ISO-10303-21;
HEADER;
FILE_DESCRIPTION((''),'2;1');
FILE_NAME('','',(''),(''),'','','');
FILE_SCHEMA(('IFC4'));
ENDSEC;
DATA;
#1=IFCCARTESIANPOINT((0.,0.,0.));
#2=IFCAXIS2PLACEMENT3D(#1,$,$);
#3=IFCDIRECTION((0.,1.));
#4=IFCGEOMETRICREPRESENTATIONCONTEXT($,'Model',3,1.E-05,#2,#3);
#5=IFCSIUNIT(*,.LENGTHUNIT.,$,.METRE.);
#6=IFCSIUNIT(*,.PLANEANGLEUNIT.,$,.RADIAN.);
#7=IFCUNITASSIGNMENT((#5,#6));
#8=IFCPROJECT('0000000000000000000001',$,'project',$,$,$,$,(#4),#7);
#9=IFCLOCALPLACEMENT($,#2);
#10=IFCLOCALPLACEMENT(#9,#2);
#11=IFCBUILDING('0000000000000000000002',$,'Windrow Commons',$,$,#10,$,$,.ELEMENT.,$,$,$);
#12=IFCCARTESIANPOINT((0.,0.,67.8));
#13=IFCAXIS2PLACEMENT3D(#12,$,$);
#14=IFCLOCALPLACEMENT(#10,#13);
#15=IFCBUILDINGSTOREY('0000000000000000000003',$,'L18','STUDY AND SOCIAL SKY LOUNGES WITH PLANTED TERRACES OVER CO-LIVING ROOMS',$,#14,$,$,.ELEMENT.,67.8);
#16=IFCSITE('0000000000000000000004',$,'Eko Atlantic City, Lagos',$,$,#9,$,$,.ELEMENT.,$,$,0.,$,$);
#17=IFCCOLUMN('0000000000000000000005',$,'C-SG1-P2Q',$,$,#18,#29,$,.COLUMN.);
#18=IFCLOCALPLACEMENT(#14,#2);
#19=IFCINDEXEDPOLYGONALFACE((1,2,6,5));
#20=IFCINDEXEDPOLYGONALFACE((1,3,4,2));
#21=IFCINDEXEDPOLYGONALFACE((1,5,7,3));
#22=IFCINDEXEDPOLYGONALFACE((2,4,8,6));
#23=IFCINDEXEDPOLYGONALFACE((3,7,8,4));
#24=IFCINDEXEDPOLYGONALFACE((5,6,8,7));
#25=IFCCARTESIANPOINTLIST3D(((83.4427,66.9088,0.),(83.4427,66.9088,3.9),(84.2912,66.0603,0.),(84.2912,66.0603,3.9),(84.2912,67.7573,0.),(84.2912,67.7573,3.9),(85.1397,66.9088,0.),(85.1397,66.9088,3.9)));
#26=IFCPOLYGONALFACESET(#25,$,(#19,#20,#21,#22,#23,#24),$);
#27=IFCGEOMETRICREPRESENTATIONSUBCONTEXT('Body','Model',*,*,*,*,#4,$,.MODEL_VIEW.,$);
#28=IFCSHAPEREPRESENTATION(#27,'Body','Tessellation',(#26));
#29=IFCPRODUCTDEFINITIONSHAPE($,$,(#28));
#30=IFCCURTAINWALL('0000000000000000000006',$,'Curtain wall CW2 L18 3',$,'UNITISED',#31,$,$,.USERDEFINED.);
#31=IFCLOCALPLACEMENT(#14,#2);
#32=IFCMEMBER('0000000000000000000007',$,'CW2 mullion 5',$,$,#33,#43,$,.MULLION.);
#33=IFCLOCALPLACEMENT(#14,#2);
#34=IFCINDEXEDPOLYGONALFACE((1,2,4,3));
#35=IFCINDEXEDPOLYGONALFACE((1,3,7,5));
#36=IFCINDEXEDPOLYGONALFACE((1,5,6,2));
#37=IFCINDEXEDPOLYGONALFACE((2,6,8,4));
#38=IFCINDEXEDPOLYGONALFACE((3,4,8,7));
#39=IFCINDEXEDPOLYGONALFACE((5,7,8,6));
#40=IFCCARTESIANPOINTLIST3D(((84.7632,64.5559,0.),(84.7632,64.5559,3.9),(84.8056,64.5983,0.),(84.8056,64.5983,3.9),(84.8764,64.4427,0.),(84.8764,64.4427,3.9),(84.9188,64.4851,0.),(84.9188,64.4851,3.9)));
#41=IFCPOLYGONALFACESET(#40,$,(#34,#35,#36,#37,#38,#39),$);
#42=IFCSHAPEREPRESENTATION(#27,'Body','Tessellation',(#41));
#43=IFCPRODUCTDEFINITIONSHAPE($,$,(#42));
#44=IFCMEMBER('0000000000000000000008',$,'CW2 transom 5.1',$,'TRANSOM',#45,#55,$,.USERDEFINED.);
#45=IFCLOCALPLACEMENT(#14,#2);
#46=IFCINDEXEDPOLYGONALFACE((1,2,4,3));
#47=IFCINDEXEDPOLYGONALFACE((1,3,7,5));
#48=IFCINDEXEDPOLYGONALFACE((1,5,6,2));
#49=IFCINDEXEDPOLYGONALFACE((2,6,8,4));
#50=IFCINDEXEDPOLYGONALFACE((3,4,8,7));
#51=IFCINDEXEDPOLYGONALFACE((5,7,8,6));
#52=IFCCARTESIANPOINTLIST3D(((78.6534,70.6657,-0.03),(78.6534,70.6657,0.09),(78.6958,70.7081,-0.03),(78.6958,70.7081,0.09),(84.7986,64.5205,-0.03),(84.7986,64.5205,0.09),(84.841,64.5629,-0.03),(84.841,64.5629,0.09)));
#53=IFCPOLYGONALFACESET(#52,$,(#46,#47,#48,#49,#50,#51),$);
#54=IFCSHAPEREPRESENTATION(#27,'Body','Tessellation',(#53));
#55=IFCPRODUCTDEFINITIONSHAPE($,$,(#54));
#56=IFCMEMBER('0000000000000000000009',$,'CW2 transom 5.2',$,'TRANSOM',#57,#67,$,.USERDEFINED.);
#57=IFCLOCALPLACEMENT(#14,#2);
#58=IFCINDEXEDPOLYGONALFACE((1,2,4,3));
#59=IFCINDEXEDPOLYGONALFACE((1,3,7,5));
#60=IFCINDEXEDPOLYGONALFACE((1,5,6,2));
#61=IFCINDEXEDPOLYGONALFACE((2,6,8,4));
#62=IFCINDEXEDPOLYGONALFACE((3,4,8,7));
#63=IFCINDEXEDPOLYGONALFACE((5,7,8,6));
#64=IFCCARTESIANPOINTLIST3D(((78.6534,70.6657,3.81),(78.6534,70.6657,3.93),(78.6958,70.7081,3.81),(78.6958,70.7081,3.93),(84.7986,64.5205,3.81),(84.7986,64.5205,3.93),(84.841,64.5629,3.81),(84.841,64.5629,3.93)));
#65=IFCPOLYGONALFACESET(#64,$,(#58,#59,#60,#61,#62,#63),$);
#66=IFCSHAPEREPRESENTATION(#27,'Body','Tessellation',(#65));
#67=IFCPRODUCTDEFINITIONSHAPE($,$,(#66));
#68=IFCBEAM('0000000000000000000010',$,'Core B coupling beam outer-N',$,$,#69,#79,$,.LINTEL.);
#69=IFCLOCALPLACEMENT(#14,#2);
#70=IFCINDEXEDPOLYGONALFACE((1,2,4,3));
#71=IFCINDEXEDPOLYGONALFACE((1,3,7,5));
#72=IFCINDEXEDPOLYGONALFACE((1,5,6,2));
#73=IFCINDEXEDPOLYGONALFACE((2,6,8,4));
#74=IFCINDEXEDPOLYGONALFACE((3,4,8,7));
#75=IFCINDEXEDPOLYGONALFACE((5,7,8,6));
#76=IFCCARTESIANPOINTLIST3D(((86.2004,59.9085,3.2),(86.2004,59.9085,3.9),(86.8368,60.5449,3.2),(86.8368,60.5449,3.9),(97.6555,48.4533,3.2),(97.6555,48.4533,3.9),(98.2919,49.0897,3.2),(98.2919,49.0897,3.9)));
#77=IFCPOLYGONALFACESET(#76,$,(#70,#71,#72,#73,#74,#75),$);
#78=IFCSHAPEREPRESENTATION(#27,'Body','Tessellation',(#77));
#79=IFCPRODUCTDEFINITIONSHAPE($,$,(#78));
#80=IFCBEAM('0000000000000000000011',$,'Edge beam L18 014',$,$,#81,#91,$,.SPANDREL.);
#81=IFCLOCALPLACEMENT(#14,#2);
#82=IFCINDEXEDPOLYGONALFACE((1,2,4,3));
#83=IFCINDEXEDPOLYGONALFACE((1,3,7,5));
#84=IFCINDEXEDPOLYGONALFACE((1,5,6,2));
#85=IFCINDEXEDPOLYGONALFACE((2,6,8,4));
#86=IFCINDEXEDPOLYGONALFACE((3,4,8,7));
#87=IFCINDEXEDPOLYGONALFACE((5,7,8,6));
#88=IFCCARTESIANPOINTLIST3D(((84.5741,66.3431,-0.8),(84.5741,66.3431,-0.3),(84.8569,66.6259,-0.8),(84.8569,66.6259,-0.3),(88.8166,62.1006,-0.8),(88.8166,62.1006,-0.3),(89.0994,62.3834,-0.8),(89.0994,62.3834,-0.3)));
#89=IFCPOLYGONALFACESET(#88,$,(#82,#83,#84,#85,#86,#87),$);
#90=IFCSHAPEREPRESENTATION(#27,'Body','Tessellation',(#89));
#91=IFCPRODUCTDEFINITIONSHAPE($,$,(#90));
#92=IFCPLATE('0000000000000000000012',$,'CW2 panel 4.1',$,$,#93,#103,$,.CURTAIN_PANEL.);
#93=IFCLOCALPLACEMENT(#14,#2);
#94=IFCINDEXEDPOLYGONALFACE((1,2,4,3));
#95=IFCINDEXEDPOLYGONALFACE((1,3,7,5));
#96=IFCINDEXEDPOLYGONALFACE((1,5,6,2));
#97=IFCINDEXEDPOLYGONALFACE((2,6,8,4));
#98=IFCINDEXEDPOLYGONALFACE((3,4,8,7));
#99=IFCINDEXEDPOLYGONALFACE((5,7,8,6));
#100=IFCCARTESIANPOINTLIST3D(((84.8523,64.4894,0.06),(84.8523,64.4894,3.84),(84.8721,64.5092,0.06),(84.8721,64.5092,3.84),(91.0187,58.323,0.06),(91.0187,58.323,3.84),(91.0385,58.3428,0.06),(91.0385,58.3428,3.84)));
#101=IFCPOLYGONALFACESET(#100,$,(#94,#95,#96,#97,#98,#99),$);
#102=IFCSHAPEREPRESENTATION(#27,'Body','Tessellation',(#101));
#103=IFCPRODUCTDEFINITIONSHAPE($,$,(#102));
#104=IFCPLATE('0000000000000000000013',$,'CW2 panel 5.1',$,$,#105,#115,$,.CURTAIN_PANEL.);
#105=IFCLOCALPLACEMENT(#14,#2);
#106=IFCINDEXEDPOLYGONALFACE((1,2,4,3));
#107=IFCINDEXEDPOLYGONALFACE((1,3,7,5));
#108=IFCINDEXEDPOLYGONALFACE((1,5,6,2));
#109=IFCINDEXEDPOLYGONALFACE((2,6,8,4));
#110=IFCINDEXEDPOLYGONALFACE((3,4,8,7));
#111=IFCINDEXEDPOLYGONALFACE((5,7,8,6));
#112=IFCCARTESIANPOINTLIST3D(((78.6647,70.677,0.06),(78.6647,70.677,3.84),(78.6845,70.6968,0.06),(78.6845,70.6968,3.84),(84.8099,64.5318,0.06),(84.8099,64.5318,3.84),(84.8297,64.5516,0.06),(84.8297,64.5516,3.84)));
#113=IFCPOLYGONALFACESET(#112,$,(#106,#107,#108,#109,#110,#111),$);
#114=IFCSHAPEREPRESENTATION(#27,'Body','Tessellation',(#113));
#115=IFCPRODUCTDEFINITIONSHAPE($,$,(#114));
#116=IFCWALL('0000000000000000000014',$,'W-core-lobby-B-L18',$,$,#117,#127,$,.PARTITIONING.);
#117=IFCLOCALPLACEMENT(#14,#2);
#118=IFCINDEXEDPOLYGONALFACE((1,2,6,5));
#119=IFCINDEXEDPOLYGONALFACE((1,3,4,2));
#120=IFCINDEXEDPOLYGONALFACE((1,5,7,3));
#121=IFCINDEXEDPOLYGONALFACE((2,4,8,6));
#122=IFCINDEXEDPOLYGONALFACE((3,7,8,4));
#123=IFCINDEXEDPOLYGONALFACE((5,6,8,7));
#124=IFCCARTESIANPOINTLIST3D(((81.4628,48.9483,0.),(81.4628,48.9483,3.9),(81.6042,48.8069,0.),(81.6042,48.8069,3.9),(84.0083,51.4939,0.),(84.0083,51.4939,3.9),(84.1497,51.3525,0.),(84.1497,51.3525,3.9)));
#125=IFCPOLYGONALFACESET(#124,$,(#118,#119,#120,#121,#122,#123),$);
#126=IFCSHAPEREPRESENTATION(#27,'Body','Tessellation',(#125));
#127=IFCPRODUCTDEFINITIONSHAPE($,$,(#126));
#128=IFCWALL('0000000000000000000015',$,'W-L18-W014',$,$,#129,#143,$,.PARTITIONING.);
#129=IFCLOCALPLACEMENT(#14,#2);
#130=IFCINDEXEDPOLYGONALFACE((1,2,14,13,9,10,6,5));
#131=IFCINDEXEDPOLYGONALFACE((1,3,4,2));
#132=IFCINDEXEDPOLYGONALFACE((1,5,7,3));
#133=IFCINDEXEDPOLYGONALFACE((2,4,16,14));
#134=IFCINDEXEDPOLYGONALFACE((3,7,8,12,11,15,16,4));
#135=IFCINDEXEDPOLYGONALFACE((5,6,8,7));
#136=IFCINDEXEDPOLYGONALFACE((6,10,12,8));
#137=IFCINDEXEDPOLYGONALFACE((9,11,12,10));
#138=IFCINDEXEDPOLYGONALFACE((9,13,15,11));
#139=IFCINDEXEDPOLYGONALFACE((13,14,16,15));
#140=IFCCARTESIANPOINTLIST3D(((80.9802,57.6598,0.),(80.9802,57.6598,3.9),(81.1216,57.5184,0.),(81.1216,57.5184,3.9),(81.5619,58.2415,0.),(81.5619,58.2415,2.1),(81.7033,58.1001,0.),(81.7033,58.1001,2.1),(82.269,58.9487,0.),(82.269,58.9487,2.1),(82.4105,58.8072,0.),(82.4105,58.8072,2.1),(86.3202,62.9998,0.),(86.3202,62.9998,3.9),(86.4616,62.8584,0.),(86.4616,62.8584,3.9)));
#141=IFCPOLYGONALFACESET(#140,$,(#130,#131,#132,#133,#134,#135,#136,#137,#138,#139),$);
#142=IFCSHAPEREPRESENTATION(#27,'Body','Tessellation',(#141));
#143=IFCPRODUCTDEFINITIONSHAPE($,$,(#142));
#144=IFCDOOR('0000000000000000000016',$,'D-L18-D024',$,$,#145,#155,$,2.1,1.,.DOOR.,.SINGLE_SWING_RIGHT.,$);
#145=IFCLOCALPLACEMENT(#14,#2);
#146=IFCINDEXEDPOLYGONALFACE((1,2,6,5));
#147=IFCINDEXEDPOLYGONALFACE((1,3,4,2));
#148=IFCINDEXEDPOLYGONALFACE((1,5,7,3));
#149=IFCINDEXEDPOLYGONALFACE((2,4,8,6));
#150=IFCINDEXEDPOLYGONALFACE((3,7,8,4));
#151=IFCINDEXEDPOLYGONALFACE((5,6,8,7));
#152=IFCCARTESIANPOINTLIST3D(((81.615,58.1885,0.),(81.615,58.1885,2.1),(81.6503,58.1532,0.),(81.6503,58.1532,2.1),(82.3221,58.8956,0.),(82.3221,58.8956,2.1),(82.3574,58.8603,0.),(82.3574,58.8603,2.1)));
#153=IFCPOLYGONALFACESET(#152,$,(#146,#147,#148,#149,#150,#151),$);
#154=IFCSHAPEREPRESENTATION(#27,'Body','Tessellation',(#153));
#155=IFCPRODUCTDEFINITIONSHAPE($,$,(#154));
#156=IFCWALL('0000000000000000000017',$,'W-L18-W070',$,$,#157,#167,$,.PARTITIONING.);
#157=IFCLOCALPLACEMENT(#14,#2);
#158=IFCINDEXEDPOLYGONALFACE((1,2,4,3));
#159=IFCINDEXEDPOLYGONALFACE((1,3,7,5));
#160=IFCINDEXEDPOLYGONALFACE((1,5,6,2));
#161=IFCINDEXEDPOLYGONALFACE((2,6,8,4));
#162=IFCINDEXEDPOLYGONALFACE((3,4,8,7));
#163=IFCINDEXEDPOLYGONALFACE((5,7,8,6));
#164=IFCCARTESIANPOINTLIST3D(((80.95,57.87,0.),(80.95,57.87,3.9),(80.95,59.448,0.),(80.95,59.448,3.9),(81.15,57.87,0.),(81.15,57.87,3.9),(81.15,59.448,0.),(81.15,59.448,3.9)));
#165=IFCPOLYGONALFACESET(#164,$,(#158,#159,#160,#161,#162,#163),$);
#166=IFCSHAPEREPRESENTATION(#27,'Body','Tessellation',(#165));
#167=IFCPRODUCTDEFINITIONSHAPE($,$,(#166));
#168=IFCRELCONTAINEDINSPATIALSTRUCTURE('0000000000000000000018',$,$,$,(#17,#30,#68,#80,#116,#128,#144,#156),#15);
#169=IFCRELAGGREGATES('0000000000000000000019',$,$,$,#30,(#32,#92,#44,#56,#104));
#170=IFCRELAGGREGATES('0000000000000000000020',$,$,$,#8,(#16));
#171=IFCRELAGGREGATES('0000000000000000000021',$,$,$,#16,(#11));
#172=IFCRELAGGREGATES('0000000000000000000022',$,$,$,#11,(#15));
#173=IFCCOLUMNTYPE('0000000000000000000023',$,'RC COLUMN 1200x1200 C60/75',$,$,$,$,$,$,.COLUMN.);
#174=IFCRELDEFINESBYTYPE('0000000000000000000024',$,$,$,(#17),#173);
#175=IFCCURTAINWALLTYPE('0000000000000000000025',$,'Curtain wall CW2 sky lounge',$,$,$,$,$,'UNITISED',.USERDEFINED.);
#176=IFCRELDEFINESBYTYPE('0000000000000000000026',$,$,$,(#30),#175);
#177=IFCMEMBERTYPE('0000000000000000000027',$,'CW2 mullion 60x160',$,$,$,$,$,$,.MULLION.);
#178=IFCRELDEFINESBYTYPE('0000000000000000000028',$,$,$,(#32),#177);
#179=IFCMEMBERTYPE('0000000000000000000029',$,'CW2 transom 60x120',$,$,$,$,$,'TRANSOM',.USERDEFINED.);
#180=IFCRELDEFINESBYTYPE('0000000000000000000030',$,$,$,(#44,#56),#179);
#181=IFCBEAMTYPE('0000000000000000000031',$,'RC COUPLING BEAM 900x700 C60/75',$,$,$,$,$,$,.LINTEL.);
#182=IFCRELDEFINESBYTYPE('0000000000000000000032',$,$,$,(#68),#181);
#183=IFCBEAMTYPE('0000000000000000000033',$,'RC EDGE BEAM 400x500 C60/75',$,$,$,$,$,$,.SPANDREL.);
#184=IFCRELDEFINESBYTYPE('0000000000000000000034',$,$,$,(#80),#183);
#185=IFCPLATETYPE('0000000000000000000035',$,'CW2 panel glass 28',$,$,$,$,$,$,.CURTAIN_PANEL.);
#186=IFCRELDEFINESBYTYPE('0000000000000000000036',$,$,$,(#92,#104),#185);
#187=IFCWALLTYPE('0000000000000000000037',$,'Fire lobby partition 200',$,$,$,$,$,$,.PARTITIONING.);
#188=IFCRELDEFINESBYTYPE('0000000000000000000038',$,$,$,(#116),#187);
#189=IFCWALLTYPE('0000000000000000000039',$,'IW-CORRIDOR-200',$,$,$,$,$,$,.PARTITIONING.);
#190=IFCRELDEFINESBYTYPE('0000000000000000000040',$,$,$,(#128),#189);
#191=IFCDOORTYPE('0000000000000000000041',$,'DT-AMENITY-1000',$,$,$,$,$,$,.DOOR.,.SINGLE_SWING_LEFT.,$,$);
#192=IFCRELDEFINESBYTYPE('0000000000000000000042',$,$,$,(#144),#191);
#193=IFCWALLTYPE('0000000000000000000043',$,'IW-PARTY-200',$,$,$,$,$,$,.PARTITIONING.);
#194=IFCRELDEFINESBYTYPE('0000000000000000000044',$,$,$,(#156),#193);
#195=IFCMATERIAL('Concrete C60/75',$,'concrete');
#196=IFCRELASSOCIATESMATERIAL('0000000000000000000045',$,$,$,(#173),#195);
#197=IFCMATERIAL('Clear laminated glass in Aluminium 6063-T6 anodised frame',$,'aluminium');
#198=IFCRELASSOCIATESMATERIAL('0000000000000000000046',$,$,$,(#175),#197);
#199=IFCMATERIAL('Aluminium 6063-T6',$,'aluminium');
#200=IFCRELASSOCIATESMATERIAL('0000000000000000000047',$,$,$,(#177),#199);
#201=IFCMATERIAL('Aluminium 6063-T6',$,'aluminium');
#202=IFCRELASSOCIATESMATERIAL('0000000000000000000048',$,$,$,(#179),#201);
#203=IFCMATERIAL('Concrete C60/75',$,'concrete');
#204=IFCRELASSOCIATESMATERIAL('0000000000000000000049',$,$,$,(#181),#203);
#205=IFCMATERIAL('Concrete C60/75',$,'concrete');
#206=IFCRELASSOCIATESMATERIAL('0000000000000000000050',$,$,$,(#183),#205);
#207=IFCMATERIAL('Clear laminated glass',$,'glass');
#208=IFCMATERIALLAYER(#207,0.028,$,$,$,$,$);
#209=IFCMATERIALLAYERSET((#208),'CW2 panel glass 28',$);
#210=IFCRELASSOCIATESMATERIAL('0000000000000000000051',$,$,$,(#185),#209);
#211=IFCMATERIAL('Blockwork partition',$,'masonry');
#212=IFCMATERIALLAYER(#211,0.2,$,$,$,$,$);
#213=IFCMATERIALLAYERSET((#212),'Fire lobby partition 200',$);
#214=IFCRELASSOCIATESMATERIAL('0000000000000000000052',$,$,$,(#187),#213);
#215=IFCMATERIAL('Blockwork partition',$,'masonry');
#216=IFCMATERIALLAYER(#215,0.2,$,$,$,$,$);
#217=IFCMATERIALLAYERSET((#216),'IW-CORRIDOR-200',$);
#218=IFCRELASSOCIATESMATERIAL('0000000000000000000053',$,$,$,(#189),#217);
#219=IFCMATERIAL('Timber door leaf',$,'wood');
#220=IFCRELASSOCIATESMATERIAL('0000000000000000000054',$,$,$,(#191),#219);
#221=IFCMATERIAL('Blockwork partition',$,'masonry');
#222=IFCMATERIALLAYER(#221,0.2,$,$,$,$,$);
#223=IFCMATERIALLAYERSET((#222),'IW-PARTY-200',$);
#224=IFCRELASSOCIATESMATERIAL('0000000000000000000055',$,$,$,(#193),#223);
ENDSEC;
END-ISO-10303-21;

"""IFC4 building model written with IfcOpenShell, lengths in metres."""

from ifc_helpers import new_model, si_unit, direction, frame, frame_2d, origin, origin_2d, place, context, subcontext, project, spatial, rectangle, extrude, material, layer, layer_set, material_profile, profile_set, type_object, element, fill, aggregate, save


model = new_model("IFC4")

# Units and contexts
model_context = context("Model", 3, precision=1e-05, world=origin(), true_north=direction((0.0, 1.0)))
body_context = subcontext(model_context, "Body", "Model", "MODEL_VIEW")
ifc_project = project(units=[si_unit("LENGTHUNIT", "METRE"), si_unit("PLANEANGLEUNIT", "RADIAN")], contexts=[model_context])

# Site, building, storey
site_placement = place(None, origin())
site = spatial("IfcSite", under=ifc_project, at=site_placement, Name="Eko Atlantic City, Lagos", CompositionType="ELEMENT", RefElevation=0.0)
building_placement = place(site_placement, origin())
building = spatial("IfcBuilding", under=site, at=building_placement, Name="Windrow Commons", CompositionType="ELEMENT")
storey_placement = place(building_placement, frame((0.0, 0.0, 67.8)))
storey = spatial("IfcBuildingStorey", under=building, at=storey_placement, Name="L18", Description="STUDY AND SOCIAL SKY LOUNGES WITH PLANTED TERRACES OVER CO-LIVING ROOMS", CompositionType="ELEMENT", Elevation=67.8)

# Column
ifc_material_1 = material(Name="Concrete C60/75", Category="concrete")
ifc_material_profile_1 = material_profile(ifc_material_1, rectangle(XDim=1.2, YDim=1.2, at=origin_2d()))
ifc_profile_set_1 = profile_set([ifc_material_profile_1], Name="Concrete C60/75")
column_type = type_object("IfcColumnType", Name="RC COLUMN 1200x1200 C60/75", PredefinedType="COLUMN", material=ifc_profile_set_1)
column_placement = place(storey_placement, frame((84.2912, 66.9088, 0.0), z_axis=(0.0, 0.0, 1.0), x_axis=(0.707107, -0.707107, 0.0)))
element("IfcColumn", 1, at=column_placement, inside=storey, type_object=column_type, Name="C-SG1-P2Q", PredefinedType="COLUMN", context=body_context, shape_type="SweptSolid", body=[
    extrude(rectangle(XDim=1.2, YDim=1.2, at=origin_2d()), origin(), (0.0, 0.0, 1.0), 3.9),
])

# Curtain wall, members
ifc_material_2 = material(Name="Clear laminated glass in Aluminium 6063-T6 anodised frame", Category="aluminium")
curtain_wall_type = type_object("IfcCurtainWallType", Name="Curtain wall CW2 sky lounge", ElementType="UNITISED", PredefinedType="USERDEFINED", material=ifc_material_2)
placement = place(storey_placement, origin())
curtain_wall = element("IfcCurtainWall", 2, at=placement, inside=storey, type_object=curtain_wall_type, Name="Curtain wall CW2 L18 3", ObjectType="UNITISED", PredefinedType="USERDEFINED")
ifc_material_3 = material(Name="Aluminium 6063-T6", Category="aluminium")
ifc_material_profile_2 = material_profile(ifc_material_3, rectangle(XDim=0.06, YDim=0.16, at=origin_2d()))
ifc_profile_set_2 = profile_set([ifc_material_profile_2], Name="Aluminium 6063-T6")
member_type_1 = type_object("IfcMemberType", Name="CW2 mullion 60x160", PredefinedType="MULLION", material=ifc_profile_set_2)
member_1_placement = place(storey_placement, frame((84.841, 64.5205, 0.0), z_axis=(0.0, 0.0, 1.0), x_axis=(-0.707107, -0.707107, 0.0)))
member_1 = element("IfcMember", 3, at=member_1_placement, type_object=member_type_1, Name="CW2 mullion 5", PredefinedType="MULLION", context=body_context, shape_type="SweptSolid", body=[
    extrude(rectangle(XDim=0.06, YDim=0.16, at=origin_2d()), origin(), (0.0, 0.0, 1.0), 3.9),
])
ifc_material_4 = material(Name="Aluminium 6063-T6", Category="aluminium")
ifc_material_profile_3 = material_profile(ifc_material_4, rectangle(XDim=0.06, YDim=0.12, at=origin_2d()))
ifc_profile_set_3 = profile_set([ifc_material_profile_3], Name="Aluminium 6063-T6")
member_type_2 = type_object("IfcMemberType", Name="CW2 transom 60x120", ElementType="TRANSOM", PredefinedType="USERDEFINED", material=ifc_profile_set_3)
member_2_placement = place(storey_placement, frame((84.8198, 64.5417, 0.03), z_axis=(-0.707107, 0.707107, 0.0), x_axis=(-0.707107, -0.707107, 0.0)))
member_2 = element("IfcMember", 4, at=member_2_placement, type_object=member_type_2, Name="CW2 transom 5.1", ObjectType="TRANSOM", PredefinedType="USERDEFINED", context=body_context, shape_type="SweptSolid", body=[
    extrude(rectangle(XDim=0.06, YDim=0.12, at=origin_2d()), origin(), (0.0, 0.0, 1.0), 8.6906),
])
member_3_placement = place(storey_placement, frame((84.8198, 64.5417, 3.87), z_axis=(-0.707107, 0.707107, 0.0), x_axis=(-0.707107, -0.707107, 0.0)))
member_3 = element("IfcMember", 5, at=member_3_placement, type_object=member_type_2, Name="CW2 transom 5.2", ObjectType="TRANSOM", PredefinedType="USERDEFINED", context=body_context, shape_type="SweptSolid", body=[
    extrude(rectangle(XDim=0.06, YDim=0.12, at=origin_2d()), origin(), (0.0, 0.0, 1.0), 8.6906),
])

# Beams
ifc_material_5 = material(Name="Concrete C60/75", Category="concrete")
ifc_material_profile_4 = material_profile(ifc_material_5, rectangle(XDim=0.9, YDim=0.7, at=origin_2d()))
ifc_profile_set_4 = profile_set([ifc_material_profile_4], Name="Concrete C60/75")
beam_type_1 = type_object("IfcBeamType", Name="RC COUPLING BEAM 900x700 C60/75", PredefinedType="LINTEL", material=ifc_profile_set_4)
beam_1_placement = place(storey_placement, frame((86.5186, 60.2267, 3.55), z_axis=(0.707104, -0.70711, 0.0), x_axis=(0.70711, 0.707104, 0.0)))
element("IfcBeam", 6, at=beam_1_placement, inside=storey, type_object=beam_type_1, Name="Core B coupling beam outer-N", PredefinedType="LINTEL", context=body_context, shape_type="SweptSolid", body=[
    extrude(rectangle(XDim=0.9, YDim=0.7, at=origin_2d()), origin(), (0.0, 0.0, 1.0), 16.2),
])
ifc_material_6 = material(Name="Concrete C60/75", Category="concrete")
ifc_material_profile_5 = material_profile(ifc_material_6, rectangle(XDim=0.4, YDim=0.5, at=origin_2d()))
ifc_profile_set_5 = profile_set([ifc_material_profile_5], Name="Concrete C60/75")
beam_type_2 = type_object("IfcBeamType", Name="RC EDGE BEAM 400x500 C60/75", PredefinedType="SPANDREL", material=ifc_profile_set_5)
beam_2_placement = place(storey_placement, frame((84.7155, 66.4845, -0.55), z_axis=(0.707107, -0.707107, 0.0), x_axis=(0.707107, 0.707107, 0.0)))
element("IfcBeam", 7, at=beam_2_placement, inside=storey, type_object=beam_type_2, Name="Edge beam L18 014", PredefinedType="SPANDREL", context=body_context, shape_type="SweptSolid", body=[
    extrude(rectangle(XDim=0.4, YDim=0.5, at=origin_2d()), origin(), (0.0, 0.0, 1.0), 5.9998),
])

# Plates
ifc_material_7 = material(Name="Clear laminated glass", Category="glass")
ifc_layer_1 = layer(ifc_material_7, 0.028)
ifc_layer_set_1 = layer_set([ifc_layer_1], Name="CW2 panel glass 28")
plate_type = type_object("IfcPlateType", Name="CW2 panel glass 28", PredefinedType="CURTAIN_PANEL", material=ifc_layer_set_1)
plate_1_placement = place(storey_placement, frame((87.9454, 61.4161, 0.06), z_axis=(0.0, 0.0, 1.0), x_axis=(-0.707107, 0.707107, 0.0)))
plate_1 = element("IfcPlate", 8, at=plate_1_placement, type_object=plate_type, Name="CW2 panel 4.1", PredefinedType="CURTAIN_PANEL", context=body_context, shape_type="SweptSolid", body=[
    extrude(rectangle(XDim=8.7206, YDim=0.028, at=origin_2d()), origin(), (0.0, 0.0, 1.0), 3.78),
])
plate_2_placement = place(storey_placement, frame((81.7472, 67.6143, 0.06), z_axis=(0.0, 0.0, 1.0), x_axis=(-0.707107, 0.707107, 0.0)))
plate_2 = element("IfcPlate", 9, at=plate_2_placement, type_object=plate_type, Name="CW2 panel 5.1", PredefinedType="CURTAIN_PANEL", context=body_context, shape_type="SweptSolid", body=[
    extrude(rectangle(XDim=8.6906, YDim=0.028, at=origin_2d()), origin(), (0.0, 0.0, 1.0), 3.78),
])
aggregate(curtain_wall, [member_1, plate_1, member_2, member_3, plate_2])

# Wall
ifc_material_8 = material(Name="Blockwork partition", Category="masonry")
ifc_layer_2 = layer(ifc_material_8, 0.2)
ifc_layer_set_2 = layer_set([ifc_layer_2], Name="Fire lobby partition 200")
wall_type_1 = type_object("IfcWallType", Name="Fire lobby partition 200", PredefinedType="PARTITIONING", material=ifc_layer_set_2)
wall_1_placement = place(storey_placement, frame((81.5335, 48.8776, 0.0), z_axis=(0.0, 0.0, 1.0), x_axis=(0.707093, 0.707121, 0.0)))
element("IfcWall", 10, at=wall_1_placement, inside=storey, type_object=wall_type_1, Name="W-core-lobby-B-L18", PredefinedType="PARTITIONING", context=body_context, shape_type="SweptSolid", body=[
    extrude(rectangle(XDim=3.6, YDim=0.2, at=frame_2d((1.8, 0.0))), origin(), (0.0, 0.0, 1.0), 3.9),
])

# Wall, opening, door
ifc_material_9 = material(Name="Blockwork partition", Category="masonry")
ifc_layer_3 = layer(ifc_material_9, 0.2)
ifc_layer_set_3 = layer_set([ifc_layer_3], Name="IW-CORRIDOR-200")
wall_type_2 = type_object("IfcWallType", Name="IW-CORRIDOR-200", PredefinedType="PARTITIONING", material=ifc_layer_set_3)
wall_2_placement = place(storey_placement, frame((81.0509, 57.5891, 0.0), z_axis=(0.0, 0.0, 1.0), x_axis=(0.707107, 0.707107, 0.0)))
wall_2 = element("IfcWall", 11, at=wall_2_placement, inside=storey, type_object=wall_type_2, Name="W-L18-W014", PredefinedType="PARTITIONING", context=body_context, shape_type="SweptSolid", body=[
    extrude(rectangle(XDim=7.5519, YDim=0.2, at=frame_2d((3.7759, 0.0))), origin(), (0.0, 0.0, 1.0), 3.9),
])
opening_1_placement = place(wall_2_placement, frame((0.8227, 0.0, 0.0)))
opening_1 = element("IfcOpeningElement", 12, at=opening_1_placement, cuts=wall_2, PredefinedType="OPENING", context=body_context, shape_type="SweptSolid", body=[
    extrude(rectangle(XDim=1.0, YDim=2.1, at=frame_2d((0.5, 1.05))), frame((0.0, 0.11, 0.0), z_axis=(0.0, -1.0, 0.0), x_axis=(1.0, 0.0, 0.0)), (0.0, 0.0, 1.0), 0.22),
])
ifc_material_10 = material(Name="Timber door leaf", Category="wood")
door_type_1 = type_object("IfcDoorType", Name="DT-AMENITY-1000", OperationType="SINGLE_SWING_LEFT", PredefinedType="DOOR", material=ifc_material_10)
door_1_placement = place(opening_1_placement, origin())
door_1 = element("IfcDoor", 13, at=door_1_placement, inside=storey, type_object=door_type_1, Name="D-L18-D024", OperationType="SINGLE_SWING_RIGHT", OverallHeight=2.1, OverallWidth=1.0, PredefinedType="DOOR", context=body_context, shape_type="SweptSolid", body=[
    extrude(rectangle(XDim=1.0, YDim=2.1, at=frame_2d((0.5, 1.05))), frame((0.0, 0.025, 0.0), z_axis=(0.0, -1.0, 0.0), x_axis=(1.0, 0.0, 0.0)), (0.0, 0.0, 1.0), 0.05),
])
fill(opening_1, door_1)

# Wall
ifc_material_11 = material(Name="Blockwork partition", Category="masonry")
ifc_layer_4 = layer(ifc_material_11, 0.2)
ifc_layer_set_4 = layer_set([ifc_layer_4], Name="IW-PARTY-200")
wall_type_3 = type_object("IfcWallType", Name="IW-PARTY-200", PredefinedType="PARTITIONING", material=ifc_layer_set_4)
wall_3_placement = place(storey_placement, frame((81.05, 57.87, 0.0), z_axis=(0.0, 0.0, 1.0), x_axis=(0.0, 1.0, 0.0)))
element("IfcWall", 14, at=wall_3_placement, inside=storey, type_object=wall_type_3, Name="W-L18-W070", PredefinedType="PARTITIONING", context=body_context, shape_type="SweptSolid", body=[
    extrude(rectangle(XDim=1.578, YDim=0.2, at=frame_2d((0.789, 0.0))), origin(), (0.0, 0.0, 1.0), 3.9),
])

save(model, "model.ifc")
